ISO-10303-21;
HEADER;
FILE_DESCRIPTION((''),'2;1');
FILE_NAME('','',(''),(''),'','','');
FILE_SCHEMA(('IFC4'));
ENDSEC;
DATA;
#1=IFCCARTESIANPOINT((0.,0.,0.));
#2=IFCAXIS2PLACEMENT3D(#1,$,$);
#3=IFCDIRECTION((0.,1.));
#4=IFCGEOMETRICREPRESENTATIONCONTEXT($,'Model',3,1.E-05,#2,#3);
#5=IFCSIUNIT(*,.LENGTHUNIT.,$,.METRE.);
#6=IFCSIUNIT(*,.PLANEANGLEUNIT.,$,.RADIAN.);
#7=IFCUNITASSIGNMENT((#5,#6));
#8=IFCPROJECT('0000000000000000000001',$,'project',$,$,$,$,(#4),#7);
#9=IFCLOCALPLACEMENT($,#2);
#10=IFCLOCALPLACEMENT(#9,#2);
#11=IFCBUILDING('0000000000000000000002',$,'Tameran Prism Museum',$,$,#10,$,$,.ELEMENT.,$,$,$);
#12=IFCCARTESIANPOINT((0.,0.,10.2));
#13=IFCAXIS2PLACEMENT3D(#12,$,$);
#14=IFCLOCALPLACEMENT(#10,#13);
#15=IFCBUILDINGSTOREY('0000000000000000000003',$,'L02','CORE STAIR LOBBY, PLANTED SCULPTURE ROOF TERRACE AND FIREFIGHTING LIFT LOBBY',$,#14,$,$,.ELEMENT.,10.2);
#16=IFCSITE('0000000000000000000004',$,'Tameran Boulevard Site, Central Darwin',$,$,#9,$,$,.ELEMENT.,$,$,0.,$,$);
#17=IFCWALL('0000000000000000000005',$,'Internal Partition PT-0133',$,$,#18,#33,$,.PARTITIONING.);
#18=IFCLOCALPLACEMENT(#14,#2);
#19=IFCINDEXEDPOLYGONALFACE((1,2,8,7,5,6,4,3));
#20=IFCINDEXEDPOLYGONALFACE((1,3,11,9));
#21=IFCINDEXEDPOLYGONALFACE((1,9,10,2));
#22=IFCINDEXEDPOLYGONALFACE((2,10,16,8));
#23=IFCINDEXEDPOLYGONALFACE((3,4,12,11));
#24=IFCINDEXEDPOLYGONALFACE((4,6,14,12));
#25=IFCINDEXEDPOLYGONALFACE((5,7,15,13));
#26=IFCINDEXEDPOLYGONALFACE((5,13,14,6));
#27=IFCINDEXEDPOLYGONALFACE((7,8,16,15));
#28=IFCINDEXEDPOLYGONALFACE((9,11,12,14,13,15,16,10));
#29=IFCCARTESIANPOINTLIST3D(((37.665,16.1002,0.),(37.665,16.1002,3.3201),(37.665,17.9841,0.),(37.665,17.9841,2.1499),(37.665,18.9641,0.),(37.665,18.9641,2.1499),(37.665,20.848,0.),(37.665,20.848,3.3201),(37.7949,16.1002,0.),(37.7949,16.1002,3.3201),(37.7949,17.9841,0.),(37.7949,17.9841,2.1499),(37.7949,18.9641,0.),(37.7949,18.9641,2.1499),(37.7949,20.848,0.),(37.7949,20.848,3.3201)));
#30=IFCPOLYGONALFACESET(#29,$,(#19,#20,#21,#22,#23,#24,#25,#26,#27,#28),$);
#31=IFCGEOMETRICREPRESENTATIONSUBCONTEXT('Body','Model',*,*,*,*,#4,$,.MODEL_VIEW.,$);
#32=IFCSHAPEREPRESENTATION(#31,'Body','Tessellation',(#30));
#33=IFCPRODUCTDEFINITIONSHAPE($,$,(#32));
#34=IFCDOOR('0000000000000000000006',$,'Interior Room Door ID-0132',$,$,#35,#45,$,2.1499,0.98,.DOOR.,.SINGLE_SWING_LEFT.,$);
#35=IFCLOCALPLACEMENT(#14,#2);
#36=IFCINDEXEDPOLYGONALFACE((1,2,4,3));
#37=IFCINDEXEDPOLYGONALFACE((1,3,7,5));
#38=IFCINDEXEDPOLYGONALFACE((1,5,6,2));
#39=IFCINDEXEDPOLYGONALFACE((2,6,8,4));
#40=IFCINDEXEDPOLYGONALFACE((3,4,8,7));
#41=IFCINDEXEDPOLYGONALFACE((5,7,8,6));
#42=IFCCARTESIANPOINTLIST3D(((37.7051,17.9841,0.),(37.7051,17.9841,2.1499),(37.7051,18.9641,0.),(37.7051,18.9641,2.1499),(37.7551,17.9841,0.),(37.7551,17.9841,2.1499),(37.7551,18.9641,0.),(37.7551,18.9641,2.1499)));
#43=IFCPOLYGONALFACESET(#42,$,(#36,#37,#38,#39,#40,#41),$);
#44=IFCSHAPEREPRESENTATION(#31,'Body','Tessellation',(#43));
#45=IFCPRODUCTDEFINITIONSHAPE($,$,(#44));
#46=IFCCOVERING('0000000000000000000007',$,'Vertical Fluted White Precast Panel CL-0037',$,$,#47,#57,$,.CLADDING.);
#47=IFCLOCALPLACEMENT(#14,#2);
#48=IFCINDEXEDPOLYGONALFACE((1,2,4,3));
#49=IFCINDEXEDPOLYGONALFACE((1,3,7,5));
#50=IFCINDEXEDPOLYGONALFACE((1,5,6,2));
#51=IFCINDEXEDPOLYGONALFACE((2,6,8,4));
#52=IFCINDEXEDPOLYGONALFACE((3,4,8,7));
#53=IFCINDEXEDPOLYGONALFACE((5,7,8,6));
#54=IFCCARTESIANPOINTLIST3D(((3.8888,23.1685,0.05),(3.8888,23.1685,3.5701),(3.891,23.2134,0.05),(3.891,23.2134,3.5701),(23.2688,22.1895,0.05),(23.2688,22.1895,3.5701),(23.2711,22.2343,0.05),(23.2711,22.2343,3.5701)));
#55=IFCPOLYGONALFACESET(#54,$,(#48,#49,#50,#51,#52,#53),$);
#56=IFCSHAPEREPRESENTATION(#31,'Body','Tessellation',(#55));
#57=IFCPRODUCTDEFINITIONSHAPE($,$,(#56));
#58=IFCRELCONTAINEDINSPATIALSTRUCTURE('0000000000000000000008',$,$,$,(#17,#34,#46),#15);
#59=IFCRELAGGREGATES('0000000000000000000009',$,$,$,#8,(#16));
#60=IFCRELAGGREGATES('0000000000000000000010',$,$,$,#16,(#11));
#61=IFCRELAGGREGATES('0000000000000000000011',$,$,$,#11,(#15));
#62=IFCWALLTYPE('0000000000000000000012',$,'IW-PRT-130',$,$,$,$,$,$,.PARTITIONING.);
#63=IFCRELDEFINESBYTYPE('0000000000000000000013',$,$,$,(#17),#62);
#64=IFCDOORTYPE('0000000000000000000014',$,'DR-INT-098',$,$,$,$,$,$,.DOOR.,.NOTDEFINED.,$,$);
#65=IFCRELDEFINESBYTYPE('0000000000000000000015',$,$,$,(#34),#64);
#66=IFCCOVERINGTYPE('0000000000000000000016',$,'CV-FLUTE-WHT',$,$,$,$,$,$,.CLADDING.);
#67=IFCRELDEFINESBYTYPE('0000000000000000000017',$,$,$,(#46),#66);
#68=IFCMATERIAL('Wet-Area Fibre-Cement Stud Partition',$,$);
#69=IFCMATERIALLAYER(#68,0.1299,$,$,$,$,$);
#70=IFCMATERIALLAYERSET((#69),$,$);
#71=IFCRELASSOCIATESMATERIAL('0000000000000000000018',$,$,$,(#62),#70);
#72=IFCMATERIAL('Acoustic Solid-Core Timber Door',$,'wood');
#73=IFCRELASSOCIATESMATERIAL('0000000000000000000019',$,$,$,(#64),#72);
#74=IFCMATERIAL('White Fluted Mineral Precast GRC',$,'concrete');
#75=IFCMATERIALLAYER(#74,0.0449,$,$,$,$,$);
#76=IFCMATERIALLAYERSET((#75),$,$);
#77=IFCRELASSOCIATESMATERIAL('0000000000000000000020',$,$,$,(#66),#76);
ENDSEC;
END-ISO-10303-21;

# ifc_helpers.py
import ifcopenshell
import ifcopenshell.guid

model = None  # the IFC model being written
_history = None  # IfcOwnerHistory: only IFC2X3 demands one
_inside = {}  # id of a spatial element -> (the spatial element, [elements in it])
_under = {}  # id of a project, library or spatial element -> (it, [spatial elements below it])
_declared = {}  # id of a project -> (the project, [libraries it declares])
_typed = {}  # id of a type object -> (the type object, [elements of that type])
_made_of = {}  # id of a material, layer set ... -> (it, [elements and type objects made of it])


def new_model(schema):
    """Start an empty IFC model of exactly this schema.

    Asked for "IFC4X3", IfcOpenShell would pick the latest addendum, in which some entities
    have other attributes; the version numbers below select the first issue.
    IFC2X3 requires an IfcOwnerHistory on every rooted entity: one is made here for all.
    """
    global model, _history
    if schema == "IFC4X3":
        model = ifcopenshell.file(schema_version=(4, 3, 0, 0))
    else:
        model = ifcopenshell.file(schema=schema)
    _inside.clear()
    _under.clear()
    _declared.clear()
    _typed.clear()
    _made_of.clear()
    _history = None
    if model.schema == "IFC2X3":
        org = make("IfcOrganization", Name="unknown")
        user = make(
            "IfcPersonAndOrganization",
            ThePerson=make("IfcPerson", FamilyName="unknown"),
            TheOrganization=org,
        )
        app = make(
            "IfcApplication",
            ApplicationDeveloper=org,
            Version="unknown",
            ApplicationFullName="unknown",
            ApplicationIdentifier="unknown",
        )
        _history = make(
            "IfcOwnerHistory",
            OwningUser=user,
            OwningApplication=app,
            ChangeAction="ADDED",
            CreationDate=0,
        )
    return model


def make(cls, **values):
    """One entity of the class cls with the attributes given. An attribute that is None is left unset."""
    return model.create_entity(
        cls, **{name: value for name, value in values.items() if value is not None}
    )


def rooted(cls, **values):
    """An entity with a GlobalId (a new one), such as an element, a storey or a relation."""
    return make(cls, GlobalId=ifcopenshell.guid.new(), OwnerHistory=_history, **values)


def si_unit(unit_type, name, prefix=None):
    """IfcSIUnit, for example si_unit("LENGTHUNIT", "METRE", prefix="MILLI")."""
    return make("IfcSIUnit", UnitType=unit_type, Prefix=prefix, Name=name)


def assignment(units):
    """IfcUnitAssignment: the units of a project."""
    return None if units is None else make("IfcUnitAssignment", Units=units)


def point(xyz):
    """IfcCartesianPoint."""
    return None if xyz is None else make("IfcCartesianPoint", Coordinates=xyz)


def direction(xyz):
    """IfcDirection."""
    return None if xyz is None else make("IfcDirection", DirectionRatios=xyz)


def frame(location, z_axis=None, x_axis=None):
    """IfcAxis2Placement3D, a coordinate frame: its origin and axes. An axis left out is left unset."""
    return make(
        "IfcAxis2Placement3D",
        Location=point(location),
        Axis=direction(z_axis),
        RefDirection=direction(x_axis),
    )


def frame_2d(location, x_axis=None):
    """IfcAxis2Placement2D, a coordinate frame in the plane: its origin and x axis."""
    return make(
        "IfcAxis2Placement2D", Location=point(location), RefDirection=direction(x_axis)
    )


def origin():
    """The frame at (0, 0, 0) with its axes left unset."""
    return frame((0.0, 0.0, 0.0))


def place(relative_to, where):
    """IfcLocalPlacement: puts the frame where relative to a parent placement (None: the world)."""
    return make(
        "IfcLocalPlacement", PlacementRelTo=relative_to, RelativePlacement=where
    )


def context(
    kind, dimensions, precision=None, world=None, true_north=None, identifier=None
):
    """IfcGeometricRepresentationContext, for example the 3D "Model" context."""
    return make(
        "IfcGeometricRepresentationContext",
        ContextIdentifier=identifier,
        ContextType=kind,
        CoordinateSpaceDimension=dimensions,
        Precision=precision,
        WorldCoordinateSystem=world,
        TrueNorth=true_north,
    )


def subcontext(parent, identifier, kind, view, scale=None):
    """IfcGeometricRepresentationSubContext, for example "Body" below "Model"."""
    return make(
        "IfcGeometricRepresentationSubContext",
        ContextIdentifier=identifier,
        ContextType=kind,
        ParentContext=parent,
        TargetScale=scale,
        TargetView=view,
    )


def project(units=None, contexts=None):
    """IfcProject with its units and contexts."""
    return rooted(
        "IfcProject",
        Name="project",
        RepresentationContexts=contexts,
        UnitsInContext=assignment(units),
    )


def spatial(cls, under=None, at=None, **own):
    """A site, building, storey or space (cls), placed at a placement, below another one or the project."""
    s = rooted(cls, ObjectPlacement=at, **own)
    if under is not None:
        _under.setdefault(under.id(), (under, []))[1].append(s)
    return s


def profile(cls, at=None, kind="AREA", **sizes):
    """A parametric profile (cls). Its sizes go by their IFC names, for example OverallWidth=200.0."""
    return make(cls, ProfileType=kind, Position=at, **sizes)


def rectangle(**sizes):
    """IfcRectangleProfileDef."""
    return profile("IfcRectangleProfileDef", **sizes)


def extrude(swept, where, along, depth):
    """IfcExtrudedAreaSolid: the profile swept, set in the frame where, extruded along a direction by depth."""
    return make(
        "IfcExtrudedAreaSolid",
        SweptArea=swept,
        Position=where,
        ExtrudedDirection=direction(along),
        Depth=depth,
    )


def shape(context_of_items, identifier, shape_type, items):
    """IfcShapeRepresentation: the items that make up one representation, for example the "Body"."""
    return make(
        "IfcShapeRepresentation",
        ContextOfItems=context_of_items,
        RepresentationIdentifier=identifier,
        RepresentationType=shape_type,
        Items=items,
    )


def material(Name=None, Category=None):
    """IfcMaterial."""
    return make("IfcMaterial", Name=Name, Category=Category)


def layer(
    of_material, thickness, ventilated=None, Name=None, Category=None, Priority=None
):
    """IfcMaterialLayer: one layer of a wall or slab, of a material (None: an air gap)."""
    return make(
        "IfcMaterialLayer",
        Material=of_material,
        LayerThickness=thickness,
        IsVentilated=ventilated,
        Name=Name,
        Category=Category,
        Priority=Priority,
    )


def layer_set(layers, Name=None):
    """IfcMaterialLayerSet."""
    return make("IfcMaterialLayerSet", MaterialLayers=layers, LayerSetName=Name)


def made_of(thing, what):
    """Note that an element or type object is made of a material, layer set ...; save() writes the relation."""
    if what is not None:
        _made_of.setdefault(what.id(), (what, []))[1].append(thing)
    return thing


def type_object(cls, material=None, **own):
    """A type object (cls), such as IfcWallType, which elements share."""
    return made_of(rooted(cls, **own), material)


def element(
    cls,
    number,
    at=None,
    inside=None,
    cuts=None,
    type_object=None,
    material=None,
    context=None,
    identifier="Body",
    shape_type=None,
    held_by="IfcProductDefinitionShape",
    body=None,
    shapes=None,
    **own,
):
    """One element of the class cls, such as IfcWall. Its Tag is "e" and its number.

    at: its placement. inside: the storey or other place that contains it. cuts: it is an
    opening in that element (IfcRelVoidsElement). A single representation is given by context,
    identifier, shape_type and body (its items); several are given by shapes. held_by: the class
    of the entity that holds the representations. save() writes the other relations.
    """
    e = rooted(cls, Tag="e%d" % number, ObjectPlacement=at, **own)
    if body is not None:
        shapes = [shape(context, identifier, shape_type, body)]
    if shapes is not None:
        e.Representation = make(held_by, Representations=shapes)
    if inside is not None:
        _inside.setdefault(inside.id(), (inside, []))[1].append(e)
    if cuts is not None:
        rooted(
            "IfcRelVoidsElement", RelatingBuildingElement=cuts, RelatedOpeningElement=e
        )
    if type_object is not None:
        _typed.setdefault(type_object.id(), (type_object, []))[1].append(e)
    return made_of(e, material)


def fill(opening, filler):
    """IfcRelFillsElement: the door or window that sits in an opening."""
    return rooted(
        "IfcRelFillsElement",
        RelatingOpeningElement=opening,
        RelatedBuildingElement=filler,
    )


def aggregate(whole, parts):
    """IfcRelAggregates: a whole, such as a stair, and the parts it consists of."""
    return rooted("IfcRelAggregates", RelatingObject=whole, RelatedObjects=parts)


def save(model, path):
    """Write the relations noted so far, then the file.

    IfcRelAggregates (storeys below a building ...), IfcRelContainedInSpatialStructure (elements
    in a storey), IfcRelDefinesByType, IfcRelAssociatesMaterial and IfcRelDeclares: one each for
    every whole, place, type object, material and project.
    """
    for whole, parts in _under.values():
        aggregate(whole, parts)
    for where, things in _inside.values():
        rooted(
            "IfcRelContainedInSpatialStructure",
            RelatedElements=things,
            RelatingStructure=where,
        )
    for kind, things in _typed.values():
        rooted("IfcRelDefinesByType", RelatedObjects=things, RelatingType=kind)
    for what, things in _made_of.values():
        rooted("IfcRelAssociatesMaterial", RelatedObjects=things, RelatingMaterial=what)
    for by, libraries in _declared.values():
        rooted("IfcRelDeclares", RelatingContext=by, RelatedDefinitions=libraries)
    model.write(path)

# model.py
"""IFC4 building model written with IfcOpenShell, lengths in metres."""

from ifc_helpers import new_model, si_unit, direction, frame, frame_2d, origin, place, context, subcontext, project, spatial, rectangle, extrude, material, layer, layer_set, type_object, element, fill, save


model = new_model("IFC4")

# Units and contexts
model_context = context("Model", 3, precision=1e-05, world=origin(), true_north=direction((0.0, 1.0)))
body_context = subcontext(model_context, "Body", "Model", "MODEL_VIEW")
ifc_project = project(units=[si_unit("LENGTHUNIT", "METRE"), si_unit("PLANEANGLEUNIT", "RADIAN")], contexts=[model_context])

# Site, building, storey
site_placement = place(None, origin())
site = spatial("IfcSite", under=ifc_project, at=site_placement, Name="Tameran Boulevard Site, Central Darwin", CompositionType="ELEMENT", RefElevation=0.0)
building_placement = place(site_placement, origin())
building = spatial("IfcBuilding", under=site, at=building_placement, Name="Tameran Prism Museum", CompositionType="ELEMENT")
storey_placement = place(building_placement, frame((0.0, 0.0, 10.2)))
storey = spatial("IfcBuildingStorey", under=building, at=storey_placement, Name="L02", Description="CORE STAIR LOBBY, PLANTED SCULPTURE ROOF TERRACE AND FIREFIGHTING LIFT LOBBY", CompositionType="ELEMENT", Elevation=10.2)

# Wall, opening, door
ifc_material_1 = material(Name="Wet-Area Fibre-Cement Stud Partition")
ifc_layer_1 = layer(ifc_material_1, 0.1299)
ifc_layer_set_1 = layer_set([ifc_layer_1])
wall_type_1 = type_object("IfcWallType", Name="IW-PRT-130", PredefinedType="PARTITIONING", material=ifc_layer_set_1)
wall_1_placement = place(storey_placement, frame((37.73, 16.1001, 0.0), z_axis=(0.0, 0.0, 1.0), x_axis=(0.0, 1.0, 0.0)))
wall_1 = element("IfcWall", 1, at=wall_1_placement, inside=storey, type_object=wall_type_1, Name="Internal Partition PT-0133", PredefinedType="PARTITIONING", context=body_context, shape_type="SweptSolid", body=[
    extrude(rectangle(XDim=4.7478, YDim=0.1299, at=frame_2d((2.374, 0.0))), origin(), (0.0, 0.0, 1.0), 3.3201),
])
opening_1_placement = place(wall_1_placement, frame((1.884, 0.0, 0.0)))
opening_1 = element("IfcOpeningElement", 2, at=opening_1_placement, cuts=wall_1, PredefinedType="OPENING", context=body_context, shape_type="SweptSolid", body=[
    extrude(rectangle(XDim=0.98, YDim=2.1499, at=frame_2d((0.49, 1.075))), frame((0.0, 0.075, 0.0), z_axis=(0.0, -1.0, 0.0), x_axis=(1.0, 0.0, 0.0)), (0.0, 0.0, 1.0), 0.1499),
])
ifc_material_2 = material(Name="Acoustic Solid-Core Timber Door", Category="wood")
door_type_1 = type_object("IfcDoorType", Name="DR-INT-098", OperationType="NOTDEFINED", PredefinedType="DOOR", material=ifc_material_2)
door_1_placement = place(opening_1_placement, origin())
door_1 = element("IfcDoor", 3, at=door_1_placement, inside=storey, type_object=door_type_1, Name="Interior Room Door ID-0132", OperationType="SINGLE_SWING_LEFT", OverallHeight=2.1499, OverallWidth=0.98, PredefinedType="DOOR", context=body_context, shape_type="SweptSolid", body=[
    extrude(rectangle(XDim=0.98, YDim=2.1499, at=frame_2d((0.49, 1.075))), frame((0.0, 0.0249, 0.0), z_axis=(0.0, -1.0, 0.0), x_axis=(1.0, 0.0, 0.0)), (0.0, 0.0, 1.0), 0.05),
])
fill(opening_1, door_1)

# Covering
ifc_material_3 = material(Name="White Fluted Mineral Precast GRC", Category="concrete")
ifc_layer_2 = layer(ifc_material_3, 0.0449)
ifc_layer_set_2 = layer_set([ifc_layer_2])
covering_type = type_object("IfcCoveringType", Name="CV-FLUTE-WHT", PredefinedType="CLADDING", material=ifc_layer_set_2)
covering_placement = place(storey_placement, frame((3.8899, 23.1909, 0.05), z_axis=(0.0, 0.0, 1.0), x_axis=(0.998727, -0.050452, 0.0)))
element("IfcCovering", 4, at=covering_placement, inside=storey, type_object=covering_type, Name="Vertical Fluted White Precast Panel CL-0037", PredefinedType="CLADDING", context=body_context, shape_type="SweptSolid", body=[
    extrude(rectangle(XDim=19.4048, YDim=0.0449, at=frame_2d((9.7024, 0.0))), origin(), (0.0, 0.0, 1.0), 3.52),
])

save(model, "model.ifc")
